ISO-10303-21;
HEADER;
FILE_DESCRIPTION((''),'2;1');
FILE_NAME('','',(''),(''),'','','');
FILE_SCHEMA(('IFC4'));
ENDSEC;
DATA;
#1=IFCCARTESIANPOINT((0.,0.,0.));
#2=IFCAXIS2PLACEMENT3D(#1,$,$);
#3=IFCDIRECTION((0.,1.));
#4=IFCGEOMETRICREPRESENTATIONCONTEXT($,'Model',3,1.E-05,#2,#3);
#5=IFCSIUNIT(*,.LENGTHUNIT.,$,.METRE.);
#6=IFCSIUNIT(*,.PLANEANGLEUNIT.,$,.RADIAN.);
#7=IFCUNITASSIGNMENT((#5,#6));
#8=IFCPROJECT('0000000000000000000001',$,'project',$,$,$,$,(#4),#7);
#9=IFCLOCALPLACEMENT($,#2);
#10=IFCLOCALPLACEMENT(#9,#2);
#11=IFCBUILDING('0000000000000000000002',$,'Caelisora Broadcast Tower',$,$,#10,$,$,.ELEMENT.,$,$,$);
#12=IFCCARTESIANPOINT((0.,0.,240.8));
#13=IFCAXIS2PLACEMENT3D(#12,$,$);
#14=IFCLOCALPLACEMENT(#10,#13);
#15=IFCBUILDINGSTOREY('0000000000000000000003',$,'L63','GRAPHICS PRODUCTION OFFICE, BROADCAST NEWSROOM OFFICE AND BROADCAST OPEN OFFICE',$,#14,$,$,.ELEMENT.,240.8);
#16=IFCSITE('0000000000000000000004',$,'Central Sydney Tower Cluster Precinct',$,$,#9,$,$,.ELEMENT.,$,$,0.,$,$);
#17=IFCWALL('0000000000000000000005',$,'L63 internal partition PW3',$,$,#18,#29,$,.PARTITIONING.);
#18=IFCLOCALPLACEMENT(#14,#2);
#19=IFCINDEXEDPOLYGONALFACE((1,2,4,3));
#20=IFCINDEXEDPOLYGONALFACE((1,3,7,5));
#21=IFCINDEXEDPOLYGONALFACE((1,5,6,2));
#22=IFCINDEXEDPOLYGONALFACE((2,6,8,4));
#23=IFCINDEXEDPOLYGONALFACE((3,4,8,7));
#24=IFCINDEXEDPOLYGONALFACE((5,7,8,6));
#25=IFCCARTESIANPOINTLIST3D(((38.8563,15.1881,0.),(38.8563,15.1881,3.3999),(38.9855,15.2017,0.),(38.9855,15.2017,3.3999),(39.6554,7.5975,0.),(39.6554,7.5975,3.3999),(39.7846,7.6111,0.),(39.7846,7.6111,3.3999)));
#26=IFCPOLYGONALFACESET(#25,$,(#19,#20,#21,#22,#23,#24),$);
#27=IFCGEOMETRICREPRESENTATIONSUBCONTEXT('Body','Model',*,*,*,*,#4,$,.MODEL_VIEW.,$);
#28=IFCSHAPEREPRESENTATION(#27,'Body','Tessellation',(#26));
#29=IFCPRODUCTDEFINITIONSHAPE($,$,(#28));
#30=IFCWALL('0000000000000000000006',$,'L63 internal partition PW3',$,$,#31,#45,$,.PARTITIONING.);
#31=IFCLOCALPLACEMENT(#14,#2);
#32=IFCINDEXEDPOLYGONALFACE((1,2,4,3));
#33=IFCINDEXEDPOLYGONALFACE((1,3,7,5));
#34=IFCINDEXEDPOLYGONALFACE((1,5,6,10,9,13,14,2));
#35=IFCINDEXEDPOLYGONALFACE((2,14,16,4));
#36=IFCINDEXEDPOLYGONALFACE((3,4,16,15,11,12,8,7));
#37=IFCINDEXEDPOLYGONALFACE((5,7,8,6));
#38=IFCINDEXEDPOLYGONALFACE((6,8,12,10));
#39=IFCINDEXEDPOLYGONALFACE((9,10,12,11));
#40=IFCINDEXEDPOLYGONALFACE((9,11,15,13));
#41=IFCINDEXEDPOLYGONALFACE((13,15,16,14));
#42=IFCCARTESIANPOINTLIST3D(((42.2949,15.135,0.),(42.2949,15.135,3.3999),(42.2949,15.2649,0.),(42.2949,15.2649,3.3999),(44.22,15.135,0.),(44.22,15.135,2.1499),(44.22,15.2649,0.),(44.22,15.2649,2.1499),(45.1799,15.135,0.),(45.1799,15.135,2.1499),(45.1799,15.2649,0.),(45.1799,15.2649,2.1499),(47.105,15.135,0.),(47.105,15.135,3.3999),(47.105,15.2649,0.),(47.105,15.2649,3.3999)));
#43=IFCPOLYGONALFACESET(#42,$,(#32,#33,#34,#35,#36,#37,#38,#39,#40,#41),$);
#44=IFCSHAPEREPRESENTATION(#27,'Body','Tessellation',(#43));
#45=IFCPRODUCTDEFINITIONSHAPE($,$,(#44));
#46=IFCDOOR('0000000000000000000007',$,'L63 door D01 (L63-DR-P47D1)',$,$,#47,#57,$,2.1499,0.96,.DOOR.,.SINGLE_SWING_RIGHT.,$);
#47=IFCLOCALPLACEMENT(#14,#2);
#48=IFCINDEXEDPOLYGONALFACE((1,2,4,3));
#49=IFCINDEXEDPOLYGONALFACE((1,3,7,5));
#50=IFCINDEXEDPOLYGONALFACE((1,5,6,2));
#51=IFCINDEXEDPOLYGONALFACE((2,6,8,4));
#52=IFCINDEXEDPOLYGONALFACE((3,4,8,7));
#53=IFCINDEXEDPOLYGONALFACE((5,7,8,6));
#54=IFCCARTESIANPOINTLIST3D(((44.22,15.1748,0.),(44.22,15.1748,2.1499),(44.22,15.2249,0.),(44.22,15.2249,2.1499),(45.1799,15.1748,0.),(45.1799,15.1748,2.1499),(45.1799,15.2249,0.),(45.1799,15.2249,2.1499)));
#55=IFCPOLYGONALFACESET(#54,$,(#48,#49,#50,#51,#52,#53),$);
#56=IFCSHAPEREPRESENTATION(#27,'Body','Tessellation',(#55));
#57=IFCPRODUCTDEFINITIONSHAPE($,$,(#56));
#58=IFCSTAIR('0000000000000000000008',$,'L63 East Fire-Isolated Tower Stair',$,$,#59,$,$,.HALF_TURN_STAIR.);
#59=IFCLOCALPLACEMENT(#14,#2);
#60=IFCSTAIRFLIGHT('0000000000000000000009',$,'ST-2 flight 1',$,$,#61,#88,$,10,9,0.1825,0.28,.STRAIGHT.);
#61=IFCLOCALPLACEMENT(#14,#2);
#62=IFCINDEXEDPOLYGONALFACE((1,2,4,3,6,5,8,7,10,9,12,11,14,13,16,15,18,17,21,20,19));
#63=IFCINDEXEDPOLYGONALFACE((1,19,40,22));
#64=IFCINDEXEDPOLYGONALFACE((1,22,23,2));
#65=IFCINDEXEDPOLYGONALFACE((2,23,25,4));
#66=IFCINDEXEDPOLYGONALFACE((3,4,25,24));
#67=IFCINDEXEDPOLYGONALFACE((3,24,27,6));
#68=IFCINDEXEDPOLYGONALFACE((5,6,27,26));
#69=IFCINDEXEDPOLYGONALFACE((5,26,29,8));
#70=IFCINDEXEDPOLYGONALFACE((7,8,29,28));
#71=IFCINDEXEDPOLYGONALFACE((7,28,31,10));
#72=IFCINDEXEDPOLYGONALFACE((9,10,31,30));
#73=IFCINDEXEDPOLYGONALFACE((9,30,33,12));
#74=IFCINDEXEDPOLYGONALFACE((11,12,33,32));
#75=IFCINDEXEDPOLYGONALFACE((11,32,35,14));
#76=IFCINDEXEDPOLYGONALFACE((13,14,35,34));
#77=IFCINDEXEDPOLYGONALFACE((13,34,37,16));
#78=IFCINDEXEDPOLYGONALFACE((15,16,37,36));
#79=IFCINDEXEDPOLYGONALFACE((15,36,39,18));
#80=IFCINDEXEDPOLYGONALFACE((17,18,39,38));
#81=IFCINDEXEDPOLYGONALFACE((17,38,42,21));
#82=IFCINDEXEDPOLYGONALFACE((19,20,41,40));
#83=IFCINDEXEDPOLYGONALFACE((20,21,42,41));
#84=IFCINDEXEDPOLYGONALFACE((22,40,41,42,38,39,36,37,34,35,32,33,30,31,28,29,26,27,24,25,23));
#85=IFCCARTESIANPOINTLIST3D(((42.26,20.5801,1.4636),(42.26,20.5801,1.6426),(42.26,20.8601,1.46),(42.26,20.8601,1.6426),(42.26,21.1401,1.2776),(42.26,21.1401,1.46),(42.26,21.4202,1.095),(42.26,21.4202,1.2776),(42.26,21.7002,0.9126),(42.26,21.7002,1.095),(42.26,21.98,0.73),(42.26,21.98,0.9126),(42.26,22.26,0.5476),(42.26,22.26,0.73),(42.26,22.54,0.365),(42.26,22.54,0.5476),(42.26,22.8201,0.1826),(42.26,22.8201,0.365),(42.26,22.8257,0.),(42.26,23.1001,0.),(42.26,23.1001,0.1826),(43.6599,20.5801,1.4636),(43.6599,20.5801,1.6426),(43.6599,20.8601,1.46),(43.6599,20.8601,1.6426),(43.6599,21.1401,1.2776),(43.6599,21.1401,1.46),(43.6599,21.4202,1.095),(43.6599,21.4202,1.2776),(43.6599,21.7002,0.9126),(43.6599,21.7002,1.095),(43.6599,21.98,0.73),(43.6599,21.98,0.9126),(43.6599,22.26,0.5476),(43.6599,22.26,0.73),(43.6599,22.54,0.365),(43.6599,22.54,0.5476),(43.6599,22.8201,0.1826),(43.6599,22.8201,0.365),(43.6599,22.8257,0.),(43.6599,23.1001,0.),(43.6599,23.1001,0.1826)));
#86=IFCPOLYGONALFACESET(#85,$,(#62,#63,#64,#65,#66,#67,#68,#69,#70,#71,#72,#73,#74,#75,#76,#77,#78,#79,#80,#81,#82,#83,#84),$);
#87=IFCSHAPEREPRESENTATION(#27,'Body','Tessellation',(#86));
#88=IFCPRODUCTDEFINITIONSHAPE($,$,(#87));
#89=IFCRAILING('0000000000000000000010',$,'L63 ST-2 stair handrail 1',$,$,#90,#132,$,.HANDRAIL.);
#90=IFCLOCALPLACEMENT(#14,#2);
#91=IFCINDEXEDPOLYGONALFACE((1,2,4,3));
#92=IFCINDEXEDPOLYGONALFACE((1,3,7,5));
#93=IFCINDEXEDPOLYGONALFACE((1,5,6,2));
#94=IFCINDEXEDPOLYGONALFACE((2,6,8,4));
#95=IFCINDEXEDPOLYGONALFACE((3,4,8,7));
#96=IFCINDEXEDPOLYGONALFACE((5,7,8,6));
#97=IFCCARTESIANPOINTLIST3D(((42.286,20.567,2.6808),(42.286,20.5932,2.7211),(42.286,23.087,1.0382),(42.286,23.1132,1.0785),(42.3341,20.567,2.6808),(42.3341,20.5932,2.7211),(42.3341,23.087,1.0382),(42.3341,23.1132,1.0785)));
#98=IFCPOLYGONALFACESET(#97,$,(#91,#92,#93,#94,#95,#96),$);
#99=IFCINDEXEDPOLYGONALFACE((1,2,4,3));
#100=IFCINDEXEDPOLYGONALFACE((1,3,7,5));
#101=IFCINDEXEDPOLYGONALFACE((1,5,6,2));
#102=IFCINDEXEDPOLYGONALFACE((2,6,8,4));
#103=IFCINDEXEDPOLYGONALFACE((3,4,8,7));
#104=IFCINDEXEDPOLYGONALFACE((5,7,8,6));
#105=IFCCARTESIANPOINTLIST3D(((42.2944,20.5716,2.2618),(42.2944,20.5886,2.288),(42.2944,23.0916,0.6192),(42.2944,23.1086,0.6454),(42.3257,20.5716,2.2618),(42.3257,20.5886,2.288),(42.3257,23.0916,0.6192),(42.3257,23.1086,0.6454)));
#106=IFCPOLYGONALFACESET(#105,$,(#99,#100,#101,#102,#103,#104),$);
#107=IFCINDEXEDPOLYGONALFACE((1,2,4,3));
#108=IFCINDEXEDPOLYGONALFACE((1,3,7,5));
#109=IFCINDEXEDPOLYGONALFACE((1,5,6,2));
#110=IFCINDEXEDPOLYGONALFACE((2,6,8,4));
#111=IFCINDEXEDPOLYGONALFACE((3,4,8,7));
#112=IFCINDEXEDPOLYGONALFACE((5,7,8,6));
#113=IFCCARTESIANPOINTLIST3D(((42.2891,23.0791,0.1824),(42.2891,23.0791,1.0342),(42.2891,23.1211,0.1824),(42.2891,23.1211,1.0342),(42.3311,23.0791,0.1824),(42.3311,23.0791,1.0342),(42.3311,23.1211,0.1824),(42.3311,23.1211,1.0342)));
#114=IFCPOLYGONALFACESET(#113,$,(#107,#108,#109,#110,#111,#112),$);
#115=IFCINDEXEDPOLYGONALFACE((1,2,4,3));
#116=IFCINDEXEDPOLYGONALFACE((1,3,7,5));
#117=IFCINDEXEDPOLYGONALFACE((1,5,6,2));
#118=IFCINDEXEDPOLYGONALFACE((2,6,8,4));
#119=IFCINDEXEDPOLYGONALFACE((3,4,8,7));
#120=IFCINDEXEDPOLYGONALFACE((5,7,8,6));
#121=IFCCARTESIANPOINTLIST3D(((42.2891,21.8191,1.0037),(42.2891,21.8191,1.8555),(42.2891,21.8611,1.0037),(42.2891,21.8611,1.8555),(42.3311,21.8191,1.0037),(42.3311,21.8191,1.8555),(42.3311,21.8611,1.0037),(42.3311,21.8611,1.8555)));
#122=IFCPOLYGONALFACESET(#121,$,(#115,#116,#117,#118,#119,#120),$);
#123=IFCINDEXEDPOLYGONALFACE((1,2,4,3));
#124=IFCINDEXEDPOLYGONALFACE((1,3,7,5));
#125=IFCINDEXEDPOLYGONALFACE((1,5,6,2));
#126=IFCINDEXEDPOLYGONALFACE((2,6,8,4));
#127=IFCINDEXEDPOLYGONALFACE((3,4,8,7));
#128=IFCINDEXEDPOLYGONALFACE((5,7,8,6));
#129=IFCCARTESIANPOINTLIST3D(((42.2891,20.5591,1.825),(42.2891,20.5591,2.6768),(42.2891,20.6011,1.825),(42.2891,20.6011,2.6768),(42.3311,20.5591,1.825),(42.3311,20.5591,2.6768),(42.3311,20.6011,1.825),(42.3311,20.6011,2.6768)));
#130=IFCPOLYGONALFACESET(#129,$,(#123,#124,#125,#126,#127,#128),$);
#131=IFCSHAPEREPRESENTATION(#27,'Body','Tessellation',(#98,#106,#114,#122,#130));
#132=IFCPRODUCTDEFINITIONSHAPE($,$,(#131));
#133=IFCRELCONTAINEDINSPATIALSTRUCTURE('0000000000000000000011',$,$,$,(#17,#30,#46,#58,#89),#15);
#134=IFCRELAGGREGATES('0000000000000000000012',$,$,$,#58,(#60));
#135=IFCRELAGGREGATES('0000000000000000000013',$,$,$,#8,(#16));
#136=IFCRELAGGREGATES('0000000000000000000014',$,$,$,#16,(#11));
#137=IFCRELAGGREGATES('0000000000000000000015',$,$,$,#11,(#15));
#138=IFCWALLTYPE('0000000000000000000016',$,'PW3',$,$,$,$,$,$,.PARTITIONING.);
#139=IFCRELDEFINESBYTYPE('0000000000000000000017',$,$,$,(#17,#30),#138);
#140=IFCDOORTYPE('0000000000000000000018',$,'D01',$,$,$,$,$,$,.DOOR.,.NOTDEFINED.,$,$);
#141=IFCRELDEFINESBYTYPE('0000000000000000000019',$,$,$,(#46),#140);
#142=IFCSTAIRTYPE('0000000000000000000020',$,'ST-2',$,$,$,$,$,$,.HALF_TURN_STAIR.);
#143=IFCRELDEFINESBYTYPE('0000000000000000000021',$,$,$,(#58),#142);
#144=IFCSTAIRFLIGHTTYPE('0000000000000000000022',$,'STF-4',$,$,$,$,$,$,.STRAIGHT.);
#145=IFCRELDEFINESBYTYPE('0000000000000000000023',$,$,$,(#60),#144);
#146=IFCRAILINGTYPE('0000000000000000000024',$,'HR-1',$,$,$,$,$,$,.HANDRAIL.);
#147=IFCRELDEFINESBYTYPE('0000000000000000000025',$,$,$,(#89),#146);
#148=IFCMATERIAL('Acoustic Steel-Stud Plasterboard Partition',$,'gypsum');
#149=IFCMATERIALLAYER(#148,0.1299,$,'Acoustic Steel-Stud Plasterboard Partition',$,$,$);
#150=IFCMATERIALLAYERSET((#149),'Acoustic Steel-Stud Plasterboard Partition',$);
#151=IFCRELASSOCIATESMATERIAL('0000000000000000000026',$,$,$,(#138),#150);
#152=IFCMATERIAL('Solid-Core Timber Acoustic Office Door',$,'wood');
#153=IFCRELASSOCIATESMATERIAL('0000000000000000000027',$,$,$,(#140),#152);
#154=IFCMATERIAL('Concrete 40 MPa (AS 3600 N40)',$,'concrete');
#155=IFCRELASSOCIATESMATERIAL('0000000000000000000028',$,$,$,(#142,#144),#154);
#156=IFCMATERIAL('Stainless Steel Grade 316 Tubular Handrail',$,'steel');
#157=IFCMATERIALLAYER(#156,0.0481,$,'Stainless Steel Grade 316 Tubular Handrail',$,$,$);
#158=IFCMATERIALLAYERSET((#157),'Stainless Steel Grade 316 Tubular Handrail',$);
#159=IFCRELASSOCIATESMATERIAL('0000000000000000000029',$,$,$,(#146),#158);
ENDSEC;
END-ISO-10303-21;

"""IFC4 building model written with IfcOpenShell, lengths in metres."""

from ifc_helpers import new_model, si_unit, direction, frame, frame_2d, origin, origin_2d, place, context, subcontext, project, spatial, polyline, rectangle, outline, extrude, material, layer, layer_set, type_object, element, fill, aggregate, save


model = new_model("IFC4")

# Units and contexts
model_context = context("Model", 3, precision=1e-05, world=origin(), true_north=direction((0.0, 1.0)))
body_context = subcontext(model_context, "Body", "Model", "MODEL_VIEW")
ifc_project = project(units=[si_unit("LENGTHUNIT", "METRE"), si_unit("PLANEANGLEUNIT", "RADIAN")], contexts=[model_context])

# Site, building, storey
site_placement = place(None, origin())
site = spatial("IfcSite", under=ifc_project, at=site_placement, Name="Central Sydney Tower Cluster Precinct", CompositionType="ELEMENT", RefElevation=0.0)
building_placement = place(site_placement, origin())
building = spatial("IfcBuilding", under=site, at=building_placement, Name="Caelisora Broadcast Tower", CompositionType="ELEMENT")
storey_placement = place(building_placement, frame((0.0, 0.0, 240.8)))
storey = spatial("IfcBuildingStorey", under=building, at=storey_placement, Name="L63", Description="GRAPHICS PRODUCTION OFFICE, BROADCAST NEWSROOM OFFICE AND BROADCAST OPEN OFFICE", CompositionType="ELEMENT", Elevation=240.8)

# Shared definitions
ifc_material_1 = material(Name="Concrete 40 MPa (AS 3600 N40)", Category="concrete")

# Shared definitions
ifc_material_2 = material(Name="Acoustic Steel-Stud Plasterboard Partition", Category="gypsum")
ifc_layer_1 = layer(ifc_material_2, 0.1299, Name="Acoustic Steel-Stud Plasterboard Partition")
ifc_layer_set_1 = layer_set([ifc_layer_1], Name="Acoustic Steel-Stud Plasterboard Partition")
wall_type_1 = type_object("IfcWallType", Name="PW3", PredefinedType="PARTITIONING", material=ifc_layer_set_1)

# Wall
wall_1_placement = place(storey_placement, frame((38.9209, 15.1951, 0.0), z_axis=(0.0, 0.0, 1.0), x_axis=(0.104693, -0.994505, 0.0)))
element("IfcWall", 1, at=wall_1_placement, inside=storey, type_object=wall_type_1, Name="L63 internal partition PW3", PredefinedType="PARTITIONING", context=body_context, shape_type="SweptSolid", body=[
    extrude(rectangle(XDim=7.6326, YDim=0.1299, at=frame_2d((3.8164, 0.0))), origin(), (0.0, 0.0, 1.0), 3.3999),
])

# Wall, opening, door
wall_2_placement = place(storey_placement, frame((42.2949, 15.2, 0.0), z_axis=(0.0, 0.0, 1.0), x_axis=(1.0, 0.0, 0.0)))
wall_2 = element("IfcWall", 2, at=wall_2_placement, inside=storey, type_object=wall_type_1, Name="L63 internal partition PW3", PredefinedType="PARTITIONING", context=body_context, shape_type="SweptSolid", body=[
    extrude(rectangle(XDim=4.8101, YDim=0.1299, at=frame_2d((2.405, 0.0))), origin(), (0.0, 0.0, 1.0), 3.3999),
])
opening_1_placement = place(wall_2_placement, frame((1.925, 0.0, 0.0)))
opening_1 = element("IfcOpeningElement", 3, at=opening_1_placement, cuts=wall_2, PredefinedType="OPENING", context=body_context, shape_type="SweptSolid", body=[
    extrude(rectangle(XDim=0.96, YDim=2.1499, at=frame_2d((0.48, 1.075))), frame((0.0, 0.0769, 0.0), z_axis=(0.0, -1.0, 0.0), x_axis=(1.0, 0.0, 0.0)), (0.0, 0.0, 1.0), 0.1538),
])
ifc_material_3 = material(Name="Solid-Core Timber Acoustic Office Door", Category="wood")
door_type_1 = type_object("IfcDoorType", Name="D01", OperationType="NOTDEFINED", PredefinedType="DOOR", material=ifc_material_3)
door_1_placement = place(opening_1_placement, origin())
door_1 = element("IfcDoor", 4, at=door_1_placement, inside=storey, type_object=door_type_1, Name="L63 door D01 (L63-DR-P47D1)", OperationType="SINGLE_SWING_RIGHT", OverallHeight=2.1499, OverallWidth=0.96, PredefinedType="DOOR", context=body_context, shape_type="SweptSolid", body=[
    extrude(rectangle(XDim=0.96, YDim=2.1499, at=frame_2d((0.48, 1.075))), frame((0.0, 0.0249, 0.0), z_axis=(0.0, -1.0, 0.0), x_axis=(1.0, 0.0, 0.0)), (0.0, 0.0, 1.0), 0.05),
])
fill(opening_1, door_1)

# Stair, stair flight
stair_type = type_object("IfcStairType", Name="ST-2", PredefinedType="HALF_TURN_STAIR", material=ifc_material_1)
stair_placement = place(storey_placement, origin())
stair = element("IfcStair", 5, at=stair_placement, inside=storey, type_object=stair_type, Name="L63 East Fire-Isolated Tower Stair", PredefinedType="HALF_TURN_STAIR")
stair_flight_type = type_object("IfcStairFlightType", Name="STF-4", PredefinedType="STRAIGHT", material=ifc_material_1)
stair_flight_placement = place(storey_placement, frame((42.96, 23.1001, 0.0), z_axis=(0.0, 0.0, 1.0), x_axis=(0.0, -1.0, 0.0)))
stair_flight = element("IfcStairFlight", 6, at=stair_flight_placement, type_object=stair_flight_type, Name="ST-2 flight 1", NumberOfRisers=10, NumberOfTreads=9, PredefinedType="STRAIGHT", RiserHeight=0.1825, TreadLength=0.28, context=body_context, shape_type="SweptSolid", body=[
    extrude(outline(polyline([(0.0, 0.0), (0.0, 0.1826), (0.28, 0.1826), (0.28, 0.365), (0.5601, 0.365), (0.5601, 0.5476), (0.8401, 0.5476), (0.8401, 0.73), (1.1201, 0.73), (1.1201, 0.9126), (1.3999, 0.9126), (1.3999, 1.095), (1.6799, 1.095), (1.6799, 1.2776), (1.96, 1.2776), (1.96, 1.46), (2.24, 1.46), (2.24, 1.6426), (2.52, 1.6426), (2.52, 1.825), (2.52, 1.4636), (0.2744, 0.0), (0.0, 0.0)])), frame((0.0, 0.7, 0.0), z_axis=(0.0, -1.0, 0.0), x_axis=(1.0, 0.0, 0.0)), (0.0, 0.0, 1.0), 1.3999),
])
aggregate(stair, [stair_flight])

# Railing
ifc_material_4 = material(Name="Stainless Steel Grade 316 Tubular Handrail", Category="steel")
ifc_layer_2 = layer(ifc_material_4, 0.0481, Name="Stainless Steel Grade 316 Tubular Handrail")
ifc_layer_set_2 = layer_set([ifc_layer_2], Name="Stainless Steel Grade 316 Tubular Handrail")
railing_type = type_object("IfcRailingType", Name="HR-1", PredefinedType="HANDRAIL", material=ifc_layer_set_2)
railing_placement = place(storey_placement, frame((42.3101, 23.1001, 0.1824)))
element("IfcRailing", 7, at=railing_placement, inside=storey, type_object=railing_type, Name="L63 ST-2 stair handrail 1", PredefinedType="HANDRAIL", context=body_context, shape_type="SweptSolid", body=[
    extrude(rectangle(XDim=0.0481, YDim=0.0481, at=origin_2d()), frame((0.0, 0.0, 0.876), z_axis=(0.0, -0.837749, 0.546055), x_axis=(1.0, 0.0, 0.0)), (0.0, 0.0, 1.0), 3.0081),
    extrude(rectangle(XDim=0.0312, YDim=0.0312, at=origin_2d()), frame((0.0, 0.0, 0.45), z_axis=(0.0, -0.837749, 0.546055), x_axis=(1.0, 0.0, 0.0)), (0.0, 0.0, 1.0), 3.0081),
    extrude(rectangle(XDim=0.042, YDim=0.042, at=origin_2d()), origin(), (0.0, 0.0, 1.0), 0.8518),
    extrude(rectangle(XDim=0.042, YDim=0.042, at=origin_2d()), frame((0.0, -1.26, 0.8213)), (0.0, 0.0, 1.0), 0.8518),
    extrude(rectangle(XDim=0.042, YDim=0.042, at=origin_2d()), frame((0.0, -2.52, 1.6426)), (0.0, 0.0, 1.0), 0.8518),
])

save(model, "model.ifc")
